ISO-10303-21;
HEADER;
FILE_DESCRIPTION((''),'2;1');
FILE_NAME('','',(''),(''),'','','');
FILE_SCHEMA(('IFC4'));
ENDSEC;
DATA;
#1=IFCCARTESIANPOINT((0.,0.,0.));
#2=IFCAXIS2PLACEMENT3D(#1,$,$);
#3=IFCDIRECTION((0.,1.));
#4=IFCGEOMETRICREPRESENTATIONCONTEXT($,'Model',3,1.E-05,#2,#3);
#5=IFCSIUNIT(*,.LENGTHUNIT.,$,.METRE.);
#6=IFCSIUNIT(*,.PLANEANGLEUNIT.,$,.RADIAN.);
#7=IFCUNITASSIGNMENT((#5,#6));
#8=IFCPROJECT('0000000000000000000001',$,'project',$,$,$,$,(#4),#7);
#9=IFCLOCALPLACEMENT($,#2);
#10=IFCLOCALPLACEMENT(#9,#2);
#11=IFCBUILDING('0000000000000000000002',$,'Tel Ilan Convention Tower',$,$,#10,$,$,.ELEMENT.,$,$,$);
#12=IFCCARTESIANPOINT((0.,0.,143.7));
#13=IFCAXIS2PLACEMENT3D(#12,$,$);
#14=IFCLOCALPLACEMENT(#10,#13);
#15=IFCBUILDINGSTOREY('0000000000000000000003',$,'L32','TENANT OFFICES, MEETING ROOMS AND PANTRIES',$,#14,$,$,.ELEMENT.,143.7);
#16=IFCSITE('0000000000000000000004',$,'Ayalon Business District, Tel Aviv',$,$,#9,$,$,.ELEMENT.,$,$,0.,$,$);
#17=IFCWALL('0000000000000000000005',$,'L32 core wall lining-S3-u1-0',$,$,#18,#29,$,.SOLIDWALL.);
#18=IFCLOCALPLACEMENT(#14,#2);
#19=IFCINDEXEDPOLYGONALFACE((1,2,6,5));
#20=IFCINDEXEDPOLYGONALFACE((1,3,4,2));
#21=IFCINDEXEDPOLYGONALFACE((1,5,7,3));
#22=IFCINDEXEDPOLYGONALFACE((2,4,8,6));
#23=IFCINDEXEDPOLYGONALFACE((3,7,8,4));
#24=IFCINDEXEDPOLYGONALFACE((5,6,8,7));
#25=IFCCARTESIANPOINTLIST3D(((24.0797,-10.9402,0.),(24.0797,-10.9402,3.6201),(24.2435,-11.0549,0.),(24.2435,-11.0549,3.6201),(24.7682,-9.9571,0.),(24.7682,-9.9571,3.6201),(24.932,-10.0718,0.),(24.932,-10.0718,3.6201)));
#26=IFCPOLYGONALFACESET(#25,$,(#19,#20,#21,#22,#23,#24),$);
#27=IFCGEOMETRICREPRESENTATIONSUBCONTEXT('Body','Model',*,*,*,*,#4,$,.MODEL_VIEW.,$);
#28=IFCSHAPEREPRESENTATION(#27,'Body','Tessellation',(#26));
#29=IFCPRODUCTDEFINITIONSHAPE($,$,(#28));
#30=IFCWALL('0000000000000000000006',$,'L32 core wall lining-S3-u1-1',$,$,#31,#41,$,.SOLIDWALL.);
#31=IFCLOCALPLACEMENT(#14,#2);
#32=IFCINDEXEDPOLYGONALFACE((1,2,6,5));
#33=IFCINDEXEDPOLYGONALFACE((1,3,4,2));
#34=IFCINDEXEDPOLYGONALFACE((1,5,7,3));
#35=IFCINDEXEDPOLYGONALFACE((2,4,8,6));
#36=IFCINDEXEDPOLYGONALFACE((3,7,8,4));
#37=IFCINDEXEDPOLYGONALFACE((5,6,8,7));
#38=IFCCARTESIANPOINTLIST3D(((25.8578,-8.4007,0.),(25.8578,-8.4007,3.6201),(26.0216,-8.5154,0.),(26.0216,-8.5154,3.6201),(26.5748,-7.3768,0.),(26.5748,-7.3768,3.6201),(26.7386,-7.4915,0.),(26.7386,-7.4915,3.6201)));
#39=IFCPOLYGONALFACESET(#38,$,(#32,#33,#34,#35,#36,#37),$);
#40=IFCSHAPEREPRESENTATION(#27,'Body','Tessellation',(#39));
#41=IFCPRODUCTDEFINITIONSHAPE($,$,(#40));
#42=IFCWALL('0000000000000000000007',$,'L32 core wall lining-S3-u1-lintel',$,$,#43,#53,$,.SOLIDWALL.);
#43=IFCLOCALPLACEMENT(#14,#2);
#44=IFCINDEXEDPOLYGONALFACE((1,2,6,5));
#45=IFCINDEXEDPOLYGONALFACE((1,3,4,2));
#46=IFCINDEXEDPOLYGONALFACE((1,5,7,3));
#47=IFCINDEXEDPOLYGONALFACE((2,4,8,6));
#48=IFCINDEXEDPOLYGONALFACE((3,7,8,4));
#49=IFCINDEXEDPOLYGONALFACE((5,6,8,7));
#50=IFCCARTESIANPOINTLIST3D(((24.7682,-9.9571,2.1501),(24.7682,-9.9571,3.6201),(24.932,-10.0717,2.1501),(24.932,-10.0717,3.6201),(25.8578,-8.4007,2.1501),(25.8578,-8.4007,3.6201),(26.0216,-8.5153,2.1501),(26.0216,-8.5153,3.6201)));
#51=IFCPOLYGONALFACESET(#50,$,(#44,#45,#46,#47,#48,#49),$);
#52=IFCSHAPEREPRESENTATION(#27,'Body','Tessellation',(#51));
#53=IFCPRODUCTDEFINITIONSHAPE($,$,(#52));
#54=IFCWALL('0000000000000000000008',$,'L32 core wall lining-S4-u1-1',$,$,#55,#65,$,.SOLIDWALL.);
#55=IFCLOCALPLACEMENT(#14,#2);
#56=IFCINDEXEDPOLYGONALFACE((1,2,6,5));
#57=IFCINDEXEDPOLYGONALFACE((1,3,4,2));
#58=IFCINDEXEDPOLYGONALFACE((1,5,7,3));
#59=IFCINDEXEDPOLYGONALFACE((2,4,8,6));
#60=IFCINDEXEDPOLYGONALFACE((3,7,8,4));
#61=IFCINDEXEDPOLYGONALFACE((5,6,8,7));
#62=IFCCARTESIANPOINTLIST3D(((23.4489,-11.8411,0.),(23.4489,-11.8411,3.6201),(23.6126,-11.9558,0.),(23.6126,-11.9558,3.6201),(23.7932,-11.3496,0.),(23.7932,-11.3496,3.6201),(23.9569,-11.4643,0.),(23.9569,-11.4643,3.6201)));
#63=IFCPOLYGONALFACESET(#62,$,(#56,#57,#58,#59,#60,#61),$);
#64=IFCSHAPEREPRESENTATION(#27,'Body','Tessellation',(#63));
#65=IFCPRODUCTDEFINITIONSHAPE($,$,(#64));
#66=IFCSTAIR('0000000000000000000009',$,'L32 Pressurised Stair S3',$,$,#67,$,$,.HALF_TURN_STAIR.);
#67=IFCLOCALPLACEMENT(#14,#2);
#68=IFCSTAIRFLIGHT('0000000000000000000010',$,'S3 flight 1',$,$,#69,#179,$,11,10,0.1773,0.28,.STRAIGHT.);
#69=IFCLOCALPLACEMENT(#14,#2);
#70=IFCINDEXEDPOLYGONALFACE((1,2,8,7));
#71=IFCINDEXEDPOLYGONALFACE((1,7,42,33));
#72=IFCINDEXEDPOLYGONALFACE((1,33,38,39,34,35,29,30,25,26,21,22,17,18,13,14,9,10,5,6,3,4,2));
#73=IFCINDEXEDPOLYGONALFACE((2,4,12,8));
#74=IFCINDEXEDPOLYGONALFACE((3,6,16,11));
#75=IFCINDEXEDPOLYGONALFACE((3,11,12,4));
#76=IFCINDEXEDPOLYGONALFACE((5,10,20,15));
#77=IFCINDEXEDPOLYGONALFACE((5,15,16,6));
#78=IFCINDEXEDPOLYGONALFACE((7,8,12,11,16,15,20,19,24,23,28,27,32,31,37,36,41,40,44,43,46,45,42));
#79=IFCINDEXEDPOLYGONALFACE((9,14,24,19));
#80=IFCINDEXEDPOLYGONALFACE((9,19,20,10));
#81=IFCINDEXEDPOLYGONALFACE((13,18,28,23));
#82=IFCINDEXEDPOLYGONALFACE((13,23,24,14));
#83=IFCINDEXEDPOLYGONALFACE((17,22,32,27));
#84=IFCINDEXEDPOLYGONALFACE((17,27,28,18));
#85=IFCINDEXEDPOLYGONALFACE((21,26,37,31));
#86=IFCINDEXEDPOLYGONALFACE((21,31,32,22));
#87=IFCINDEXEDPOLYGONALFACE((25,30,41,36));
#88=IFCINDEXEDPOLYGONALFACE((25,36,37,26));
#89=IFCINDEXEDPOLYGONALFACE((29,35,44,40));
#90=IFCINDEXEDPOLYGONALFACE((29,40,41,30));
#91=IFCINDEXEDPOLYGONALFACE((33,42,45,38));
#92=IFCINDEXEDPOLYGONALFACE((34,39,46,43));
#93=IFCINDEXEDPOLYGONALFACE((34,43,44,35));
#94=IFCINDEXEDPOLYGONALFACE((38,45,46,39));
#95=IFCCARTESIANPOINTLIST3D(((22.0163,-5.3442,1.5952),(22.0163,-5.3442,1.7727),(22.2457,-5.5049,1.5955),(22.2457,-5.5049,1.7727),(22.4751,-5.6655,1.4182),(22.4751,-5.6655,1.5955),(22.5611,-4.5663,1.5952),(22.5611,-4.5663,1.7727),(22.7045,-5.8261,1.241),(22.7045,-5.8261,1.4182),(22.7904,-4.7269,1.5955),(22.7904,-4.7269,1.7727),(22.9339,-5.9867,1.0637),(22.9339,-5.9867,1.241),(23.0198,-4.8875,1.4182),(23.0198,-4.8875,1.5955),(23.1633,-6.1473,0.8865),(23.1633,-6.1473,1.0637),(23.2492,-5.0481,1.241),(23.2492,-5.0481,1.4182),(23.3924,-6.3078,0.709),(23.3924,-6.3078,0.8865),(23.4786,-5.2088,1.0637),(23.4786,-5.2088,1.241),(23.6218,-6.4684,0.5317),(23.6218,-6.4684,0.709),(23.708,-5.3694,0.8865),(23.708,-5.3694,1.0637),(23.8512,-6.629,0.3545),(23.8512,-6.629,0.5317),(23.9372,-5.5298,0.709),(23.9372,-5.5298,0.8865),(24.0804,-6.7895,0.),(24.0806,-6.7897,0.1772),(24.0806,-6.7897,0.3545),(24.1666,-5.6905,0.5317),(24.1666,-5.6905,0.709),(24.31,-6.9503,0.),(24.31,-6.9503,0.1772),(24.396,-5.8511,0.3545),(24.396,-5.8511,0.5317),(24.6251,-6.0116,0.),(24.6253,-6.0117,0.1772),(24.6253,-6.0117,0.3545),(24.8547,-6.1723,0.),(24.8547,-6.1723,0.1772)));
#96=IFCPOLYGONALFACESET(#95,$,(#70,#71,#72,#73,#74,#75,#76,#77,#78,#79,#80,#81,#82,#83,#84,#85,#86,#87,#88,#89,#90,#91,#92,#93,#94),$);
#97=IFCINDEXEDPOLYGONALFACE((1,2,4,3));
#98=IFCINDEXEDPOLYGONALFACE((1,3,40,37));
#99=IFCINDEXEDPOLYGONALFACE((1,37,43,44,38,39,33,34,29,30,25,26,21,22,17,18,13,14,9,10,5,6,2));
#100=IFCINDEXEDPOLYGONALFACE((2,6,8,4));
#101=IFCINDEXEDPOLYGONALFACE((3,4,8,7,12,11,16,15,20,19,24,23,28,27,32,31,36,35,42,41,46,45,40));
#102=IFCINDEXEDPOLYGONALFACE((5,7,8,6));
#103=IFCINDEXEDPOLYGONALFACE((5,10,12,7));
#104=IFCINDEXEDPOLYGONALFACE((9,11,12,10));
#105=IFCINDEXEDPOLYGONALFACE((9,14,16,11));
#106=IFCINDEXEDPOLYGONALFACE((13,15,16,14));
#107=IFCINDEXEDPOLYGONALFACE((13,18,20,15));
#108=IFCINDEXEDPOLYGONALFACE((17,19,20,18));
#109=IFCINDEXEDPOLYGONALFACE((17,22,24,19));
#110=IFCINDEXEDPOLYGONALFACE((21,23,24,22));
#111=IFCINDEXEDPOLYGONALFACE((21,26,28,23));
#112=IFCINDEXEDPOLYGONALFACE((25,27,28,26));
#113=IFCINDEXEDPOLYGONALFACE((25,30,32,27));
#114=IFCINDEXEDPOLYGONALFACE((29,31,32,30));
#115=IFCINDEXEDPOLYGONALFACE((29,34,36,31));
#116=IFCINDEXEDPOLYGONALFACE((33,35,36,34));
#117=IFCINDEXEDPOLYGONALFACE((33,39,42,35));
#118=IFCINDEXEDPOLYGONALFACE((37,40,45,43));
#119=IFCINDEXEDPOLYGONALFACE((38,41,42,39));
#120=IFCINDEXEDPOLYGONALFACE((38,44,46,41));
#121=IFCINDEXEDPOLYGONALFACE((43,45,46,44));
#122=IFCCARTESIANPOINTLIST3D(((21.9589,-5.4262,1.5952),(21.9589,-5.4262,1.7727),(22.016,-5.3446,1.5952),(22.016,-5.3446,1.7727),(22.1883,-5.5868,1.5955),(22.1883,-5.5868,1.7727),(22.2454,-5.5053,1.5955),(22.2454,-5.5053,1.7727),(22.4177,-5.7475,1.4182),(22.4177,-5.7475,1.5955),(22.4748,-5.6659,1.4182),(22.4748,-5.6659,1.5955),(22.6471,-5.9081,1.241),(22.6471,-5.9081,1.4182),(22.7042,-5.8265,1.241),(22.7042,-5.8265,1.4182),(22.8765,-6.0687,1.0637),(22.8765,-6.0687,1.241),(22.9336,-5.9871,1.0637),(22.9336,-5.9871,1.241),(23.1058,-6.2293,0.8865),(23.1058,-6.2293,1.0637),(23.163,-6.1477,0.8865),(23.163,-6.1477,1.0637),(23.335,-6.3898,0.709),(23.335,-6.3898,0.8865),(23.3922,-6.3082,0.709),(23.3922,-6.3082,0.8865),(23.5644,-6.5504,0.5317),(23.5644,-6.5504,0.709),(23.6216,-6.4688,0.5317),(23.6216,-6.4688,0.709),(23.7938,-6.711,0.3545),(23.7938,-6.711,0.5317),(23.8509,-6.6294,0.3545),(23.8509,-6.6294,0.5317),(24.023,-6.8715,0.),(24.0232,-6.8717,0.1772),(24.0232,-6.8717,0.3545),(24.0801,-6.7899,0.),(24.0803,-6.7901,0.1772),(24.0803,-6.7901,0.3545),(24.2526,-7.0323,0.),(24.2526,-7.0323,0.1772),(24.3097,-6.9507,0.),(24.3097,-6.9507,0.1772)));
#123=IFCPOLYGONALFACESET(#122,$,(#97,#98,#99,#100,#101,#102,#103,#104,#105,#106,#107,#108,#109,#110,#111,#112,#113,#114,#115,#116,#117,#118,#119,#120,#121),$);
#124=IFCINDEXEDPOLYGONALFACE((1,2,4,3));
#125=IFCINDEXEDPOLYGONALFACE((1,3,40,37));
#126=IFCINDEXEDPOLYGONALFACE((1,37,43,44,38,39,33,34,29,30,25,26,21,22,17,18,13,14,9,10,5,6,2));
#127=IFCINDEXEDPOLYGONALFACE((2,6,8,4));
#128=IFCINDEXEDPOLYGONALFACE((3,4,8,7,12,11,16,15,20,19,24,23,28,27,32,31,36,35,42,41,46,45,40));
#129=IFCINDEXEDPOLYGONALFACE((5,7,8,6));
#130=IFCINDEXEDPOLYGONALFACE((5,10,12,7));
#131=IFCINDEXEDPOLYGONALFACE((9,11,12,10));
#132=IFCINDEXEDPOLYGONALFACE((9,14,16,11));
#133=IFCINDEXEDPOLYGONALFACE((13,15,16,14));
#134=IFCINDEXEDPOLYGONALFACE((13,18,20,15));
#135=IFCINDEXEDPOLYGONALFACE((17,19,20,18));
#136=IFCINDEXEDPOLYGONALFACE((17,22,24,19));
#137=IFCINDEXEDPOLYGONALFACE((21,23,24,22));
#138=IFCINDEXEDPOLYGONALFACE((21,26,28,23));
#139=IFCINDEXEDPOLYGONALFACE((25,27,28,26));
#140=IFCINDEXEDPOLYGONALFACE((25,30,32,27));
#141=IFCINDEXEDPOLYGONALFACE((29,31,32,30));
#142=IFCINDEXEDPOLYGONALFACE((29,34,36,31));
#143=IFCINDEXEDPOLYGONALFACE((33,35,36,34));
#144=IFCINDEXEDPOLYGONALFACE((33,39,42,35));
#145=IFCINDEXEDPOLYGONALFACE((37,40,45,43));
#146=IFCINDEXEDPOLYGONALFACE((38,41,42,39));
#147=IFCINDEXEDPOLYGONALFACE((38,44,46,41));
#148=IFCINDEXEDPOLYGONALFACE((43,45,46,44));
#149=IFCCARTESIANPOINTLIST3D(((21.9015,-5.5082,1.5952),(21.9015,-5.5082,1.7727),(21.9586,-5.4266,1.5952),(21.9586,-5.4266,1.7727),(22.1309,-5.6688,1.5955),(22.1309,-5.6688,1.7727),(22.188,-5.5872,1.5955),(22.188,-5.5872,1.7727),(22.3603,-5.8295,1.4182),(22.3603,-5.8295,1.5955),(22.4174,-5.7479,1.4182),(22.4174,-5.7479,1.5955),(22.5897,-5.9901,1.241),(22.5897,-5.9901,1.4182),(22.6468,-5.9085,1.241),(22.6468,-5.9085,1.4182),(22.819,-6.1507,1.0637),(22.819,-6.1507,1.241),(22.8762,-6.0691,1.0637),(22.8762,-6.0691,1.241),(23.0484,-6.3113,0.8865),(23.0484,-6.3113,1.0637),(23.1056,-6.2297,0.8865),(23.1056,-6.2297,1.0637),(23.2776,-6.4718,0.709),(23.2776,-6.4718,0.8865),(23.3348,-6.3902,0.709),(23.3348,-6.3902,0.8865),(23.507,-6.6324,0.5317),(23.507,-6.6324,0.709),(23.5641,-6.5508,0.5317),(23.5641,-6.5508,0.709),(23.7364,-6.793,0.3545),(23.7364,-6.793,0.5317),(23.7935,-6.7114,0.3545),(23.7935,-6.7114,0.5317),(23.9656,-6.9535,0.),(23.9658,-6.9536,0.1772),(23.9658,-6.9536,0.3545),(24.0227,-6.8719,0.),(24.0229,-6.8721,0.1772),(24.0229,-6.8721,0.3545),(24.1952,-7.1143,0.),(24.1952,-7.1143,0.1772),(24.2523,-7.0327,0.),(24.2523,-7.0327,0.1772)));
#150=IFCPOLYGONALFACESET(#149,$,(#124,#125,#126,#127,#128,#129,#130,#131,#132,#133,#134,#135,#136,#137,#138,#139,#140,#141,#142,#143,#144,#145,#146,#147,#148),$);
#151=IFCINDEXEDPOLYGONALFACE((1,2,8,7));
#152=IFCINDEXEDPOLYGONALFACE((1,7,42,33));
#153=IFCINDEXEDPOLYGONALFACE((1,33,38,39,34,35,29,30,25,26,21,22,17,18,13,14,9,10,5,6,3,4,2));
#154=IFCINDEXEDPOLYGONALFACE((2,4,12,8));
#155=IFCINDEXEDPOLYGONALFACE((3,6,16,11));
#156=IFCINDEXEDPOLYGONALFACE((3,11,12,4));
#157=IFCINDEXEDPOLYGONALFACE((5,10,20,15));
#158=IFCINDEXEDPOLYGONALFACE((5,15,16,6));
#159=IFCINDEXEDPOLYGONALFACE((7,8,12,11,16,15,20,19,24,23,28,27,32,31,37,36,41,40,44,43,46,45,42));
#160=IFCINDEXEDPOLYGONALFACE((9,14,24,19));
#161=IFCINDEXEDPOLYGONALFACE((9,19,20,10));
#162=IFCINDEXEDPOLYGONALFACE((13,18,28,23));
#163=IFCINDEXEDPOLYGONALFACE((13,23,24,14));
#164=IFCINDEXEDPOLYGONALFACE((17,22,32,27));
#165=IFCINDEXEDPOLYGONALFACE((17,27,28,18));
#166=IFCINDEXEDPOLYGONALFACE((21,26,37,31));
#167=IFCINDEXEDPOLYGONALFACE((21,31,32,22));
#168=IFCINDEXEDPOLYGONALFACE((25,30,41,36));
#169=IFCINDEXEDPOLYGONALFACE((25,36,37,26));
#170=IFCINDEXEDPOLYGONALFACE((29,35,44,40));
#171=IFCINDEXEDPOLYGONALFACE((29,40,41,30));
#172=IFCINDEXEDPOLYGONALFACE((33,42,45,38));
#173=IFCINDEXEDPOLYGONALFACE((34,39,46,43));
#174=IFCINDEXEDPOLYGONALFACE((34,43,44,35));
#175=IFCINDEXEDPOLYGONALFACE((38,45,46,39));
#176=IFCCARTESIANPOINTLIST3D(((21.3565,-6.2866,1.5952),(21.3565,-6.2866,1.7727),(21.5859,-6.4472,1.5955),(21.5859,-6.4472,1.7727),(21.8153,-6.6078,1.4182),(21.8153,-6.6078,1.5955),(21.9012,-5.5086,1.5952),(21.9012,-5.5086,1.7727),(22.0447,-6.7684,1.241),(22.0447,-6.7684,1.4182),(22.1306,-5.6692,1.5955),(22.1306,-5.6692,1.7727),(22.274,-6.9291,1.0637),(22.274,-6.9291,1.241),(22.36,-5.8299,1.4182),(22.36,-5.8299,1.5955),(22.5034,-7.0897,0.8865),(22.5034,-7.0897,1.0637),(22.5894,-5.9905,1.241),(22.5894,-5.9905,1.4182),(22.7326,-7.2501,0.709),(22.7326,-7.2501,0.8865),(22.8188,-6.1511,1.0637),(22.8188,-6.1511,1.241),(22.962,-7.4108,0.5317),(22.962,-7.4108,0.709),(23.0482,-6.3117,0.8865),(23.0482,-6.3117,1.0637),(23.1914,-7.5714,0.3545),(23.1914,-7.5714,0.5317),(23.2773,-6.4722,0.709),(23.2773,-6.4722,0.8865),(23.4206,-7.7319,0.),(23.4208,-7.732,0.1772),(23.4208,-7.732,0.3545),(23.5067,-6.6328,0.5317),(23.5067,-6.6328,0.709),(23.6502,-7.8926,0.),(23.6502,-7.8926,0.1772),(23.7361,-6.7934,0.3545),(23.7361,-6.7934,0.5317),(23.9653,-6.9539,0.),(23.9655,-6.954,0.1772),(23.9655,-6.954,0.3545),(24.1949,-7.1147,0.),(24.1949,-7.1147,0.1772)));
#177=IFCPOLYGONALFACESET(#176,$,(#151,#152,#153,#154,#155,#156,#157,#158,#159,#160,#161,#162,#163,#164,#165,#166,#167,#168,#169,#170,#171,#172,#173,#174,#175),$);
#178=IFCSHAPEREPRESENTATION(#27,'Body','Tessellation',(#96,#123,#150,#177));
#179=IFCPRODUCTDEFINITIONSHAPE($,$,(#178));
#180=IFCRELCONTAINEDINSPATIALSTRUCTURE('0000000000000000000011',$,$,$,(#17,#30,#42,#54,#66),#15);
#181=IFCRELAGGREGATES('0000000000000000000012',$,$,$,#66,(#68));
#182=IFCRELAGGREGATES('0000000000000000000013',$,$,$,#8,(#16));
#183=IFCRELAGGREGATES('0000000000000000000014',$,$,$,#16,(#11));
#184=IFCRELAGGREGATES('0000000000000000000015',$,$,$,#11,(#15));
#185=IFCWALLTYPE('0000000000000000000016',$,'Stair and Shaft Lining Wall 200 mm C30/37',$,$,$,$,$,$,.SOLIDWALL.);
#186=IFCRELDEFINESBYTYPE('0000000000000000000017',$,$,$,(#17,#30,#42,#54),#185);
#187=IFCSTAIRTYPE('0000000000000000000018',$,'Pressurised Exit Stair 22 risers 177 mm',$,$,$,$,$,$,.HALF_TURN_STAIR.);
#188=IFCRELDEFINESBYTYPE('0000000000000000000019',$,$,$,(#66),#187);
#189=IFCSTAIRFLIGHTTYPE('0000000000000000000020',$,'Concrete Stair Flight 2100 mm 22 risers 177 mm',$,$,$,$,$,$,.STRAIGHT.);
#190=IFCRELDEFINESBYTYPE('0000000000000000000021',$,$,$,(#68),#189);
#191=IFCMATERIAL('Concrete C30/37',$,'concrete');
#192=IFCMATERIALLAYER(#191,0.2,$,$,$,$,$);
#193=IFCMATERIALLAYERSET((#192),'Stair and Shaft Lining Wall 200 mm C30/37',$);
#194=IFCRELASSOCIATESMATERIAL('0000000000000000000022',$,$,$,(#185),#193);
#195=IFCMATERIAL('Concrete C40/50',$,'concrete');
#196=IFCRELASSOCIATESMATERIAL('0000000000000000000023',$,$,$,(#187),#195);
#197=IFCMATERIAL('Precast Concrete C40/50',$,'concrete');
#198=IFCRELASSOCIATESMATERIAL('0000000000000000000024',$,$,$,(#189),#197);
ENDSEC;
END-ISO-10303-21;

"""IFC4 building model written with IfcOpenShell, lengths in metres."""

from ifc_helpers import new_model, si_unit, direction, frame, frame_2d, origin, place, context, subcontext, project, spatial, polyline, rectangle, outline, extrude, material, layer, layer_set, type_object, element, aggregate, save


model = new_model("IFC4")

# Units and contexts
model_context = context("Model", 3, precision=1e-05, world=origin(), true_north=direction((0.0, 1.0)))
body_context = subcontext(model_context, "Body", "Model", "MODEL_VIEW")
ifc_project = project(units=[si_unit("LENGTHUNIT", "METRE"), si_unit("PLANEANGLEUNIT", "RADIAN")], contexts=[model_context])

# Site, building, storey
site_placement = place(None, origin())
site = spatial("IfcSite", under=ifc_project, at=site_placement, Name="Ayalon Business District, Tel Aviv", CompositionType="ELEMENT", RefElevation=0.0)
building_placement = place(site_placement, origin())
building = spatial("IfcBuilding", under=site, at=building_placement, Name="Tel Ilan Convention Tower", CompositionType="ELEMENT")
storey_placement = place(building_placement, frame((0.0, 0.0, 143.7)))
storey = spatial("IfcBuildingStorey", under=building, at=storey_placement, Name="L32", Description="TENANT OFFICES, MEETING ROOMS AND PANTRIES", CompositionType="ELEMENT", Elevation=143.7)

# Walls
ifc_material_1 = material(Name="Concrete C30/37", Category="concrete")
ifc_layer_1 = layer(ifc_material_1, 0.2)
ifc_layer_set_1 = layer_set([ifc_layer_1], Name="Stair and Shaft Lining Wall 200 mm C30/37")
wall_type_1 = type_object("IfcWallType", Name="Stair and Shaft Lining Wall 200 mm C30/37", PredefinedType="SOLIDWALL", material=ifc_layer_set_1)
wall_1_placement = place(storey_placement, frame((24.1616, -10.9976, 0.0), z_axis=(0.0, 0.0, 1.0), x_axis=(0.573613, 0.819127, 0.0)))
element("IfcWall", 1, at=wall_1_placement, inside=storey, type_object=wall_type_1, Name="L32 core wall lining-S3-u1-0", PredefinedType="SOLIDWALL", context=body_context, shape_type="SweptSolid", body=[
    extrude(rectangle(XDim=1.2002, YDim=0.2, at=frame_2d((0.6001, 0.0))), origin(), (0.0, 0.0, 1.0), 3.6201),
])
wall_2_placement = place(storey_placement, frame((25.9397, -8.458, 0.0), z_axis=(0.0, 0.0, 1.0), x_axis=(0.57362, 0.819122, 0.0)))
element("IfcWall", 2, at=wall_2_placement, inside=storey, type_object=wall_type_1, Name="L32 core wall lining-S3-u1-1", PredefinedType="SOLIDWALL", context=body_context, shape_type="SweptSolid", body=[
    extrude(rectangle(XDim=1.25, YDim=0.2, at=frame_2d((0.625, 0.0))), origin(), (0.0, 0.0, 1.0), 3.6201),
])
wall_3_placement = place(storey_placement, frame((24.8501, -10.0144, 2.1501), z_axis=(0.0, 0.0, 1.0), x_axis=(0.573505, 0.819202, 0.0)))
element("IfcWall", 3, at=wall_3_placement, inside=storey, type_object=wall_type_1, Name="L32 core wall lining-S3-u1-lintel", PredefinedType="SOLIDWALL", context=body_context, shape_type="SweptSolid", body=[
    extrude(rectangle(XDim=1.8999, YDim=0.2, at=frame_2d((0.95, 0.0))), origin(), (0.0, 0.0, 1.0), 1.47),
])
wall_4_placement = place(storey_placement, frame((23.5308, -11.8984, 0.0), z_axis=(0.0, 0.0, 1.0), x_axis=(0.573708, 0.81906, 0.0)))
element("IfcWall", 4, at=wall_4_placement, inside=storey, type_object=wall_type_1, Name="L32 core wall lining-S4-u1-1", PredefinedType="SOLIDWALL", context=body_context, shape_type="SweptSolid", body=[
    extrude(rectangle(XDim=0.6001, YDim=0.2, at=frame_2d((0.3, 0.0))), origin(), (0.0, 0.0, 1.0), 3.6201),
])

# Stair, stair flight
ifc_material_2 = material(Name="Concrete C40/50", Category="concrete")
stair_type = type_object("IfcStairType", Name="Pressurised Exit Stair 22 risers 177 mm", PredefinedType="HALF_TURN_STAIR", material=ifc_material_2)
stair_placement = place(storey_placement, origin())
stair = element("IfcStair", 5, at=stair_placement, inside=storey, type_object=stair_type, Name="L32 Pressurised Stair S3", PredefinedType="HALF_TURN_STAIR")
ifc_material_3 = material(Name="Precast Concrete C40/50", Category="concrete")
stair_flight_type = type_object("IfcStairFlightType", Name="Concrete Stair Flight 2100 mm 22 risers 177 mm", PredefinedType="STRAIGHT", material=ifc_material_3)
stair_flight_placement = place(storey_placement, frame((24.2524, -7.0325, 0.0), z_axis=(0.0, 0.0, 1.0), x_axis=(-0.819152, 0.573576, 0.0)))
stair_flight = element("IfcStairFlight", 6, at=stair_flight_placement, type_object=stair_flight_type, Name="S3 flight 1", NumberOfRisers=11, NumberOfTreads=10, PredefinedType="STRAIGHT", RiserHeight=0.1773, TreadLength=0.28, context=body_context, shape_type="SweptSolid", body=[
    extrude(outline(polyline([(0.0, 0.0), (0.0, 0.1772), (0.28, 0.1772), (0.28, 0.3545), (0.5601, 0.3545), (0.5601, 0.5317), (0.8401, 0.5317), (0.8401, 0.709), (1.1201, 0.709), (1.1201, 0.8865), (1.3999, 0.8865), (1.3999, 1.0637), (1.6799, 1.0637), (1.6799, 1.241), (1.96, 1.241), (1.96, 1.4182), (2.24, 1.4182), (2.24, 1.5955), (2.52, 1.5955), (2.52, 1.7727), (2.8, 1.7727), (2.8, 1.95), (2.8, 1.5952), (0.2803, 0.0), (0.0, 0.0)])), frame((0.0, -0.1003, 0.0), z_axis=(0.0, -1.0, 0.0), x_axis=(1.0, 0.0, 0.0)), (0.0, 0.0, 1.0), 0.9497),
    extrude(outline(polyline([(0.0, 0.0), (0.0, 0.1772), (0.28, 0.1772), (0.28, 0.3545), (0.5601, 0.3545), (0.5601, 0.5317), (0.8401, 0.5317), (0.8401, 0.709), (1.1201, 0.709), (1.1201, 0.8865), (1.3999, 0.8865), (1.3999, 1.0637), (1.6799, 1.0637), (1.6799, 1.241), (1.96, 1.241), (1.96, 1.4182), (2.24, 1.4182), (2.24, 1.5955), (2.52, 1.5955), (2.52, 1.7727), (2.8, 1.7727), (2.8, 1.95), (2.8, 1.5952), (0.2803, 0.0), (0.0, 0.0)])), frame((0.0, -0.0002, 0.0), z_axis=(0.0, -1.0, 0.0), x_axis=(1.0, 0.0, 0.0)), (0.0, 0.0, 1.0), 0.0996),
    extrude(outline(polyline([(0.0, 0.0), (0.0, 0.1772), (0.28, 0.1772), (0.28, 0.3545), (0.5601, 0.3545), (0.5601, 0.5317), (0.8401, 0.5317), (0.8401, 0.709), (1.1201, 0.709), (1.1201, 0.8865), (1.3999, 0.8865), (1.3999, 1.0637), (1.6799, 1.0637), (1.6799, 1.241), (1.96, 1.241), (1.96, 1.4182), (2.24, 1.4182), (2.24, 1.5955), (2.52, 1.5955), (2.52, 1.7727), (2.8, 1.7727), (2.8, 1.95), (2.8, 1.5952), (0.2803, 0.0), (0.0, 0.0)])), frame((0.0, 0.0999, 0.0), z_axis=(0.0, -1.0, 0.0), x_axis=(1.0, 0.0, 0.0)), (0.0, 0.0, 1.0), 0.0996),
    extrude(outline(polyline([(0.0, 0.0), (0.0, 0.1772), (0.28, 0.1772), (0.28, 0.3545), (0.5601, 0.3545), (0.5601, 0.5317), (0.8401, 0.5317), (0.8401, 0.709), (1.1201, 0.709), (1.1201, 0.8865), (1.3999, 0.8865), (1.3999, 1.0637), (1.6799, 1.0637), (1.6799, 1.241), (1.96, 1.241), (1.96, 1.4182), (2.24, 1.4182), (2.24, 1.5955), (2.52, 1.5955), (2.52, 1.7727), (2.8, 1.7727), (2.8, 1.95), (2.8, 1.5952), (0.2803, 0.0), (0.0, 0.0)])), frame((0.0, 1.05, 0.0), z_axis=(0.0, -1.0, 0.0), x_axis=(1.0, 0.0, 0.0)), (0.0, 0.0, 1.0), 0.9497),
])
aggregate(stair, [stair_flight])

save(model, "model.ifc")
